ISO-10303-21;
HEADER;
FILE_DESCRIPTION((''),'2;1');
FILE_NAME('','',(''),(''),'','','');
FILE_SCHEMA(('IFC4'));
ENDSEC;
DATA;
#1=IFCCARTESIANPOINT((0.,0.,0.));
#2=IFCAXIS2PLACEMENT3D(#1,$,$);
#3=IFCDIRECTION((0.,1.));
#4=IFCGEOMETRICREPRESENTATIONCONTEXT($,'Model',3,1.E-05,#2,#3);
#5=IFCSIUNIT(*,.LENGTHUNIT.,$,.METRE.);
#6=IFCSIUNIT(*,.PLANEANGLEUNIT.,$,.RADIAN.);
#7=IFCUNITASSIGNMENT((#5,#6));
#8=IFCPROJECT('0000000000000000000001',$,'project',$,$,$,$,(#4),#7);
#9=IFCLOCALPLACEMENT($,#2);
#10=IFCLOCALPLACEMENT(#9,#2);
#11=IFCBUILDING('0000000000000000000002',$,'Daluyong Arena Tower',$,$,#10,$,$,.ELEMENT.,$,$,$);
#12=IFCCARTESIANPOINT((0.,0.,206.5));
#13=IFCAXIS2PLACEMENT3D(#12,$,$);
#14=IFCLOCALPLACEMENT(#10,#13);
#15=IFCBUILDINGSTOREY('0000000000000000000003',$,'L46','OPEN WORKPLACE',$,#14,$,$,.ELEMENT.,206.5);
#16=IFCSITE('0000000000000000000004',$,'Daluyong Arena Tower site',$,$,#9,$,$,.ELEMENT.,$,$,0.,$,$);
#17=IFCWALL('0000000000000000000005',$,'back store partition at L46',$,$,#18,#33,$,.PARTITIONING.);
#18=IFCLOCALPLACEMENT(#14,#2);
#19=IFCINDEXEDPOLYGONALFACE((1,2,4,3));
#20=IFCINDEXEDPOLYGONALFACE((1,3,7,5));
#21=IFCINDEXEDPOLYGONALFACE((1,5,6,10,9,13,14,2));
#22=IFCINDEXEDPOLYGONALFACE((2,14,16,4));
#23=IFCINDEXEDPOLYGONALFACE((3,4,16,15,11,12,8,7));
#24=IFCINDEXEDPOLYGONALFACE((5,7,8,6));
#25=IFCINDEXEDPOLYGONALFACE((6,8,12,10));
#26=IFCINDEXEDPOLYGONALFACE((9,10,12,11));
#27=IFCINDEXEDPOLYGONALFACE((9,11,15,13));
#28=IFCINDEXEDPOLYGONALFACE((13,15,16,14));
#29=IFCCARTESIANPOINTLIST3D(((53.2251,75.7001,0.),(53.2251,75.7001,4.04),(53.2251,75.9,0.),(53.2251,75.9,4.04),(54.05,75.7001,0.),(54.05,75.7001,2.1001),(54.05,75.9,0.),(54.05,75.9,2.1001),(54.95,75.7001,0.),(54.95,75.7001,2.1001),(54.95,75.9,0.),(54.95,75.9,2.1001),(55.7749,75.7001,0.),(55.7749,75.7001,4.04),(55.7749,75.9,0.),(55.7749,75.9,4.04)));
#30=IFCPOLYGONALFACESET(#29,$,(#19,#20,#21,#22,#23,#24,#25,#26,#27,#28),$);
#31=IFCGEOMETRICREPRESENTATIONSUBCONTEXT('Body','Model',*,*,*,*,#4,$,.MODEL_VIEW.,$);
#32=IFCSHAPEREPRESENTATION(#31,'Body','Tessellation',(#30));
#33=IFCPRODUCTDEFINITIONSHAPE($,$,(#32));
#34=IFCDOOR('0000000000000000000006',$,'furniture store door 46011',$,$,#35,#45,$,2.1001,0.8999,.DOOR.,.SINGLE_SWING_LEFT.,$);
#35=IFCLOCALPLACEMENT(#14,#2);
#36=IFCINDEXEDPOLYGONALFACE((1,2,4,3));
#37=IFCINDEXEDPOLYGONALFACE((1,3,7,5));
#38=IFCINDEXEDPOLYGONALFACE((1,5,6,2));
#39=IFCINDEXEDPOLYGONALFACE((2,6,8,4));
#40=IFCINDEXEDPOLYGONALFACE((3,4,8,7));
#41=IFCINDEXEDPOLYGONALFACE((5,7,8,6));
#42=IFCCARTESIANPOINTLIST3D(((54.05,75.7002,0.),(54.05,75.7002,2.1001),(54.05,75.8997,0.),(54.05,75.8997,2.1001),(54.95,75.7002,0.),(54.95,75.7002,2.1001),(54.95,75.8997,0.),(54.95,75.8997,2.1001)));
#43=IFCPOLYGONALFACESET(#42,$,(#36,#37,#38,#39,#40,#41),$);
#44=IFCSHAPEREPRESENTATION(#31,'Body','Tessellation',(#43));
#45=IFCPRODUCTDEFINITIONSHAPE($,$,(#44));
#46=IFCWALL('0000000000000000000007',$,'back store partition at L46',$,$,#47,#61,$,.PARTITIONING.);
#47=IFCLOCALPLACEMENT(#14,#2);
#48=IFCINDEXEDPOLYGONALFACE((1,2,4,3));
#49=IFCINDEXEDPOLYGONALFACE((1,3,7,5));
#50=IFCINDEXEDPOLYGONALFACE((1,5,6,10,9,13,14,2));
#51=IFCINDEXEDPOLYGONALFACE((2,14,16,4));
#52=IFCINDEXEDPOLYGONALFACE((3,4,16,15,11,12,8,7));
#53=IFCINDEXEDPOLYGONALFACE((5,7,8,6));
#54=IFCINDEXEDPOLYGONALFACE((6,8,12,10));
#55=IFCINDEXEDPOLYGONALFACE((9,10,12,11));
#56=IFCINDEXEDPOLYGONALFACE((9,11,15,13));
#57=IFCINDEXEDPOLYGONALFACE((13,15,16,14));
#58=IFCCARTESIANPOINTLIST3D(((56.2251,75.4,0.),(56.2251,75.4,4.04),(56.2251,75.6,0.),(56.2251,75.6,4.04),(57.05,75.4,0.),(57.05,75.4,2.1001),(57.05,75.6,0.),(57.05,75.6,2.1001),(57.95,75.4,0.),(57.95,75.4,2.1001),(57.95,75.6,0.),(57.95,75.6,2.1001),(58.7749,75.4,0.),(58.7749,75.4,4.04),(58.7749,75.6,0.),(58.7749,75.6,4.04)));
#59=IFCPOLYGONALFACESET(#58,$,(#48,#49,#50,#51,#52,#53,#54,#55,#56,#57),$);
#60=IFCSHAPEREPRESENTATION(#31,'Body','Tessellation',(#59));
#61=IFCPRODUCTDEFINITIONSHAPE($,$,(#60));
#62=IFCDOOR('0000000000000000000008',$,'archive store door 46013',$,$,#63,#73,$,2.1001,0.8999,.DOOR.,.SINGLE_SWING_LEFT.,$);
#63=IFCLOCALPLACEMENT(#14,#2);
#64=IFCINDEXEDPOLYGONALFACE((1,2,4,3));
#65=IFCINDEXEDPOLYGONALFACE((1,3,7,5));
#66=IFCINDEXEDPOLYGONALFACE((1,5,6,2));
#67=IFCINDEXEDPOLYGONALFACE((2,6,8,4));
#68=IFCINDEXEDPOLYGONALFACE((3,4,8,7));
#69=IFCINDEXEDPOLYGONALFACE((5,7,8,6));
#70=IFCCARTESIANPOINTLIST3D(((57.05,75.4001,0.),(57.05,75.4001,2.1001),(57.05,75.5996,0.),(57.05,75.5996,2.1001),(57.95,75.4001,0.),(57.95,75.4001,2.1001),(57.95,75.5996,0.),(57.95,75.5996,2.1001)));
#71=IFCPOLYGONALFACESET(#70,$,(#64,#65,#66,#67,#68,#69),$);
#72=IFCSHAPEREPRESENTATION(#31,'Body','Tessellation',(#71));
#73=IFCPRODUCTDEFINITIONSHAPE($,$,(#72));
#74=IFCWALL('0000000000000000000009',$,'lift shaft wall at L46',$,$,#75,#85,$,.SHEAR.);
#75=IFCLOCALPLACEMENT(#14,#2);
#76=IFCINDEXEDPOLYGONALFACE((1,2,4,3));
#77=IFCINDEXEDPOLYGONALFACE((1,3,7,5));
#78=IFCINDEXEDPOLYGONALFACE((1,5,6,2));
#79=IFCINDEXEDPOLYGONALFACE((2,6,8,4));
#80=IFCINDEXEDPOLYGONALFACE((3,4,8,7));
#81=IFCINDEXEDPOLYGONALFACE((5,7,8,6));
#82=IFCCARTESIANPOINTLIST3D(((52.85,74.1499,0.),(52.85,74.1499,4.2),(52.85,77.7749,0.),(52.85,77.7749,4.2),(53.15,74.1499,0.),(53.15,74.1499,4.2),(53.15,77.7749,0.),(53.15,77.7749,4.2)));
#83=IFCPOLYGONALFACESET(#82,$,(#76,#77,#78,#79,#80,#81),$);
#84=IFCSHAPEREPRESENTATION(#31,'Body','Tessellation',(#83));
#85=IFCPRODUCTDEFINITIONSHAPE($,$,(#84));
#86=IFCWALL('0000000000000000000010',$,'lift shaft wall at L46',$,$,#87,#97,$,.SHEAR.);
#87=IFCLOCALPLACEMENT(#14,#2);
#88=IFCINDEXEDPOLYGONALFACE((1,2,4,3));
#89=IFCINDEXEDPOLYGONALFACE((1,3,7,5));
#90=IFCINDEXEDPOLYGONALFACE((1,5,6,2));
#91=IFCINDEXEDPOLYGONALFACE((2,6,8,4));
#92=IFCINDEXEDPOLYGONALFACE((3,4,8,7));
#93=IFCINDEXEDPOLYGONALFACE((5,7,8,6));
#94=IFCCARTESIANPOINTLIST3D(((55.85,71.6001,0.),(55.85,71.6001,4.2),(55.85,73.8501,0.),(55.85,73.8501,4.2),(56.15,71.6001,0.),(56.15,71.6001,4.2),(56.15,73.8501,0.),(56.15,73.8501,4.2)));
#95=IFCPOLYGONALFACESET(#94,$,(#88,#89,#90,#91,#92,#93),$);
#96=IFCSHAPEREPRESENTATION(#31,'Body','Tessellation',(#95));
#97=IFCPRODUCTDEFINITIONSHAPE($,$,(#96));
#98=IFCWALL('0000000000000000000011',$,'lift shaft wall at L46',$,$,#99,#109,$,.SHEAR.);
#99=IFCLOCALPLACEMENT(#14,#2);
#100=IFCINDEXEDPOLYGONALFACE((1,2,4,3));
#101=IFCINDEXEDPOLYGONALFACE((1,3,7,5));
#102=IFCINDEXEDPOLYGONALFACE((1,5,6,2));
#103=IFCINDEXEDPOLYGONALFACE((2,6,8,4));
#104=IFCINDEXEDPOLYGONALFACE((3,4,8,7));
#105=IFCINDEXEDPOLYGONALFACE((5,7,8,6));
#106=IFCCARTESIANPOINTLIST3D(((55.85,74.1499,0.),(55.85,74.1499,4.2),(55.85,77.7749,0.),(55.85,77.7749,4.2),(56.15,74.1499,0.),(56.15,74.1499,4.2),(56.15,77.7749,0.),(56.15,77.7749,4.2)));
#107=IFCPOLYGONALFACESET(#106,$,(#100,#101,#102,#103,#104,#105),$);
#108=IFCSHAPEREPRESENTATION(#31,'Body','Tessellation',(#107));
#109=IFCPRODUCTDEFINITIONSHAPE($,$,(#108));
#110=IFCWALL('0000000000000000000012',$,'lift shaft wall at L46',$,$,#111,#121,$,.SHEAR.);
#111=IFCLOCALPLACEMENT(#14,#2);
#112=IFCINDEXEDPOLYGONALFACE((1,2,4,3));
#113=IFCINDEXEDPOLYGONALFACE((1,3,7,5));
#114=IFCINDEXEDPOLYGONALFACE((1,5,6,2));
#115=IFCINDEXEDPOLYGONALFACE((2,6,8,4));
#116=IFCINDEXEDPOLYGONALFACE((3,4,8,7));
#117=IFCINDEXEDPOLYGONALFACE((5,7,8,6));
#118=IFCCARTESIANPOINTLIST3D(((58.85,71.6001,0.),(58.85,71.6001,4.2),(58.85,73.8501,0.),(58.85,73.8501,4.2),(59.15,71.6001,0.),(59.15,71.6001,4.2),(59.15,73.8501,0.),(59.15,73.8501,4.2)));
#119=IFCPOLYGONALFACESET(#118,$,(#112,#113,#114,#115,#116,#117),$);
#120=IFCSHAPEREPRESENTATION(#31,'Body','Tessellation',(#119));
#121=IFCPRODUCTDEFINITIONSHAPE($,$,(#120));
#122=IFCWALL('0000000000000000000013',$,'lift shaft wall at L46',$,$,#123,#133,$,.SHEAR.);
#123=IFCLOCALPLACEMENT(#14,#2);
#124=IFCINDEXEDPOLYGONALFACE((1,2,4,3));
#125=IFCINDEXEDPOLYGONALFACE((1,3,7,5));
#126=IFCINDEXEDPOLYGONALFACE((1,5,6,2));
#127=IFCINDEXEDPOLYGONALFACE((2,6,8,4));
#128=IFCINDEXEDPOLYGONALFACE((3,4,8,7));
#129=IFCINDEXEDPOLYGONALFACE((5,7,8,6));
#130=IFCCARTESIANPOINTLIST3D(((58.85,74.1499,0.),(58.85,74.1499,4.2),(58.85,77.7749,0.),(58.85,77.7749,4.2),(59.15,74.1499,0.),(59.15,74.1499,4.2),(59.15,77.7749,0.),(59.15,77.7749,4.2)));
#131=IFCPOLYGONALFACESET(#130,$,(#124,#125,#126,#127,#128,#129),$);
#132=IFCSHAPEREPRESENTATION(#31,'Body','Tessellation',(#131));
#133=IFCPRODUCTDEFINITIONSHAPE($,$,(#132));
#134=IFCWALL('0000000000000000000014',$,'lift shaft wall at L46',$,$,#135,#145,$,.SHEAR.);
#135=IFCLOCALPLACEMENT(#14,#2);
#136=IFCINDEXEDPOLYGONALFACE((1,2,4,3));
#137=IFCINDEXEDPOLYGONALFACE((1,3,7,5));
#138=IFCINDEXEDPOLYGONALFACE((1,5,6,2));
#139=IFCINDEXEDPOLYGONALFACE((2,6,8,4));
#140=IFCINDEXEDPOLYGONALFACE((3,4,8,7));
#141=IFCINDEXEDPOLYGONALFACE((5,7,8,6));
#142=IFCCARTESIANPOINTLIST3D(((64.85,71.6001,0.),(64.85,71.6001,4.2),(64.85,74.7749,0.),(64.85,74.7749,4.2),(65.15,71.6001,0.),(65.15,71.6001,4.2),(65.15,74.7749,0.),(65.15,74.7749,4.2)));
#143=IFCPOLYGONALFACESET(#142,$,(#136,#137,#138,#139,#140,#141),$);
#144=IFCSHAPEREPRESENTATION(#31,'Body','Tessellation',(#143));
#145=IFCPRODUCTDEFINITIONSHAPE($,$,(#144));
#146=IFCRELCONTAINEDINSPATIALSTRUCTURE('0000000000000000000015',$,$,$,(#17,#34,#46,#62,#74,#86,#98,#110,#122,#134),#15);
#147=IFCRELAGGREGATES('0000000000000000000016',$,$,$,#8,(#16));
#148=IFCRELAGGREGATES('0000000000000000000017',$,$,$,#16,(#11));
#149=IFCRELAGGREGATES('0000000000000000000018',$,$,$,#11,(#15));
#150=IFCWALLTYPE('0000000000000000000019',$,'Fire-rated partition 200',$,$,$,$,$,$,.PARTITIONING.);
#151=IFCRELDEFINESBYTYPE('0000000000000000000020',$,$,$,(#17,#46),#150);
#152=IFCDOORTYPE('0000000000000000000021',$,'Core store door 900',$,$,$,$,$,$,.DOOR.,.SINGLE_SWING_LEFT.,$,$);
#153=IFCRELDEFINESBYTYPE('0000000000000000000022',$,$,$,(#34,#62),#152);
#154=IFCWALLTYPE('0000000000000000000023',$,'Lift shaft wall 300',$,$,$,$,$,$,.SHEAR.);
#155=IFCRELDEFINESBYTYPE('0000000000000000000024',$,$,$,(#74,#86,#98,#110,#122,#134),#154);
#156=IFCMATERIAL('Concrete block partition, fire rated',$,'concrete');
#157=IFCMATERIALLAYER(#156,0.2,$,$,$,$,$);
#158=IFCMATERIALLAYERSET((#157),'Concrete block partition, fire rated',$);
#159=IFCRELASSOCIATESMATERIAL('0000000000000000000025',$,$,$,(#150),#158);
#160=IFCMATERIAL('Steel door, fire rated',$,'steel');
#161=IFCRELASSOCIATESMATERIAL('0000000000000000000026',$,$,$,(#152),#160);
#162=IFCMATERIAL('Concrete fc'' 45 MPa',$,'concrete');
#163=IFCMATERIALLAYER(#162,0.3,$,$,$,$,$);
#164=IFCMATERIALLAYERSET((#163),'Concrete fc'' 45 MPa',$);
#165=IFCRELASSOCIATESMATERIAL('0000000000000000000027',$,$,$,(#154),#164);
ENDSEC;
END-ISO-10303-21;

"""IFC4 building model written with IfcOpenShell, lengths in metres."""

from ifc_helpers import new_model, si_unit, direction, frame, frame_2d, origin, place, context, subcontext, project, spatial, rectangle, extrude, material, layer, layer_set, type_object, element, fill, save


model = new_model("IFC4")

# Units and contexts
model_context = context("Model", 3, precision=1e-05, world=origin(), true_north=direction((0.0, 1.0)))
body_context = subcontext(model_context, "Body", "Model", "MODEL_VIEW")
ifc_project = project(units=[si_unit("LENGTHUNIT", "METRE"), si_unit("PLANEANGLEUNIT", "RADIAN")], contexts=[model_context])

# Site, building, storey
site_placement = place(None, origin())
site = spatial("IfcSite", under=ifc_project, at=site_placement, Name="Daluyong Arena Tower site", CompositionType="ELEMENT", RefElevation=0.0)
building_placement = place(site_placement, origin())
building = spatial("IfcBuilding", under=site, at=building_placement, Name="Daluyong Arena Tower", CompositionType="ELEMENT")
storey_placement = place(building_placement, frame((0.0, 0.0, 206.5)))
storey = spatial("IfcBuildingStorey", under=building, at=storey_placement, Name="L46", Description="OPEN WORKPLACE", CompositionType="ELEMENT", Elevation=206.5)

# Walls, openings, doors
ifc_material_1 = material(Name="Concrete block partition, fire rated", Category="concrete")
ifc_layer_1 = layer(ifc_material_1, 0.2)
ifc_layer_set_1 = layer_set([ifc_layer_1], Name="Concrete block partition, fire rated")
wall_type_1 = type_object("IfcWallType", Name="Fire-rated partition 200", PredefinedType="PARTITIONING", material=ifc_layer_set_1)
wall_1_placement = place(storey_placement, frame((53.2251, 75.8, 0.0), z_axis=(0.0, 0.0, 1.0), x_axis=(1.0, 0.0, 0.0)))
wall_1 = element("IfcWall", 1, at=wall_1_placement, inside=storey, type_object=wall_type_1, Name="back store partition at L46", PredefinedType="PARTITIONING", context=body_context, shape_type="SweptSolid", body=[
    extrude(rectangle(XDim=2.5498, YDim=0.2, at=frame_2d((1.2749, 0.0))), origin(), (0.0, 0.0, 1.0), 4.04),
])
opening_1_placement = place(wall_1_placement, frame((0.825, 0.0, 0.0)))
opening_1 = element("IfcOpeningElement", 2, at=opening_1_placement, cuts=wall_1, PredefinedType="OPENING", context=body_context, shape_type="SweptSolid", body=[
    extrude(rectangle(XDim=0.8999, YDim=2.1001, at=frame_2d((0.45, 1.05))), frame((0.0, 0.1099, 0.0), z_axis=(0.0, -1.0, 0.0), x_axis=(1.0, 0.0, 0.0)), (0.0, 0.0, 1.0), 0.22),
])
ifc_material_2 = material(Name="Steel door, fire rated", Category="steel")
door_type_1 = type_object("IfcDoorType", Name="Core store door 900", OperationType="SINGLE_SWING_LEFT", PredefinedType="DOOR", material=ifc_material_2)
door_1_placement = place(opening_1_placement, origin())
door_1 = element("IfcDoor", 3, at=door_1_placement, inside=storey, type_object=door_type_1, Name="furniture store door 46011", OperationType="SINGLE_SWING_LEFT", OverallHeight=2.1001, OverallWidth=0.8999, PredefinedType="DOOR", context=body_context, shape_type="SweptSolid", body=[
    extrude(rectangle(XDim=0.8999, YDim=2.1001, at=frame_2d((0.45, 1.05))), frame((0.0, 0.0996, 0.0), z_axis=(0.0, -1.0, 0.0), x_axis=(1.0, 0.0, 0.0)), (0.0, 0.0, 1.0), 0.1995),
])
fill(opening_1, door_1)
wall_2_placement = place(storey_placement, frame((56.2251, 75.5, 0.0), z_axis=(0.0, 0.0, 1.0), x_axis=(1.0, 0.0, 0.0)))
wall_2 = element("IfcWall", 4, at=wall_2_placement, inside=storey, type_object=wall_type_1, Name="back store partition at L46", PredefinedType="PARTITIONING", context=body_context, shape_type="SweptSolid", body=[
    extrude(rectangle(XDim=2.5498, YDim=0.2, at=frame_2d((1.2749, 0.0))), origin(), (0.0, 0.0, 1.0), 4.04),
])
opening_2_placement = place(wall_2_placement, frame((0.825, 0.0, 0.0)))
opening_2 = element("IfcOpeningElement", 5, at=opening_2_placement, cuts=wall_2, PredefinedType="OPENING", context=body_context, shape_type="SweptSolid", body=[
    extrude(rectangle(XDim=0.8999, YDim=2.1001, at=frame_2d((0.45, 1.05))), frame((0.0, 0.1099, 0.0), z_axis=(0.0, -1.0, 0.0), x_axis=(1.0, 0.0, 0.0)), (0.0, 0.0, 1.0), 0.22),
])
door_2_placement = place(opening_2_placement, origin())
door_2 = element("IfcDoor", 6, at=door_2_placement, inside=storey, type_object=door_type_1, Name="archive store door 46013", OperationType="SINGLE_SWING_LEFT", OverallHeight=2.1001, OverallWidth=0.8999, PredefinedType="DOOR", context=body_context, shape_type="SweptSolid", body=[
    extrude(rectangle(XDim=0.8999, YDim=2.1001, at=frame_2d((0.45, 1.05))), frame((0.0, 0.0996, 0.0), z_axis=(0.0, -1.0, 0.0), x_axis=(1.0, 0.0, 0.0)), (0.0, 0.0, 1.0), 0.1995),
])
fill(opening_2, door_2)

# Walls
ifc_material_3 = material(Name="Concrete fc' 45 MPa", Category="concrete")
ifc_layer_2 = layer(ifc_material_3, 0.3)
ifc_layer_set_2 = layer_set([ifc_layer_2], Name="Concrete fc' 45 MPa")
wall_type_2 = type_object("IfcWallType", Name="Lift shaft wall 300", PredefinedType="SHEAR", material=ifc_layer_set_2)
wall_3_placement = place(storey_placement, frame((53.0, 74.1499, 0.0), z_axis=(0.0, 0.0, 1.0), x_axis=(0.0, 1.0, 0.0)))
element("IfcWall", 7, at=wall_3_placement, inside=storey, type_object=wall_type_2, Name="lift shaft wall at L46", PredefinedType="SHEAR", context=body_context, shape_type="SweptSolid", body=[
    extrude(rectangle(XDim=3.625, YDim=0.3, at=frame_2d((1.8125, 0.0))), origin(), (0.0, 0.0, 1.0), 4.2),
])
wall_4_placement = place(storey_placement, frame((56.0, 71.6001, 0.0), z_axis=(0.0, 0.0, 1.0), x_axis=(0.0, 1.0, 0.0)))
element("IfcWall", 8, at=wall_4_placement, inside=storey, type_object=wall_type_2, Name="lift shaft wall at L46", PredefinedType="SHEAR", context=body_context, shape_type="SweptSolid", body=[
    extrude(rectangle(XDim=2.25, YDim=0.3, at=frame_2d((1.125, 0.0))), origin(), (0.0, 0.0, 1.0), 4.2),
])
wall_5_placement = place(storey_placement, frame((56.0, 74.1499, 0.0), z_axis=(0.0, 0.0, 1.0), x_axis=(0.0, 1.0, 0.0)))
element("IfcWall", 9, at=wall_5_placement, inside=storey, type_object=wall_type_2, Name="lift shaft wall at L46", PredefinedType="SHEAR", context=body_context, shape_type="SweptSolid", body=[
    extrude(rectangle(XDim=3.625, YDim=0.3, at=frame_2d((1.8125, 0.0))), origin(), (0.0, 0.0, 1.0), 4.2),
])
wall_6_placement = place(storey_placement, frame((59.0, 71.6001, 0.0), z_axis=(0.0, 0.0, 1.0), x_axis=(0.0, 1.0, 0.0)))
element("IfcWall", 10, at=wall_6_placement, inside=storey, type_object=wall_type_2, Name="lift shaft wall at L46", PredefinedType="SHEAR", context=body_context, shape_type="SweptSolid", body=[
    extrude(rectangle(XDim=2.25, YDim=0.3, at=frame_2d((1.125, 0.0))), origin(), (0.0, 0.0, 1.0), 4.2),
])
wall_7_placement = place(storey_placement, frame((59.0, 74.1499, 0.0), z_axis=(0.0, 0.0, 1.0), x_axis=(0.0, 1.0, 0.0)))
element("IfcWall", 11, at=wall_7_placement, inside=storey, type_object=wall_type_2, Name="lift shaft wall at L46", PredefinedType="SHEAR", context=body_context, shape_type="SweptSolid", body=[
    extrude(rectangle(XDim=3.625, YDim=0.3, at=frame_2d((1.8125, 0.0))), origin(), (0.0, 0.0, 1.0), 4.2),
])
wall_8_placement = place(storey_placement, frame((65.0, 71.6001, 0.0), z_axis=(0.0, 0.0, 1.0), x_axis=(0.0, 1.0, 0.0)))
element("IfcWall", 12, at=wall_8_placement, inside=storey, type_object=wall_type_2, Name="lift shaft wall at L46", PredefinedType="SHEAR", context=body_context, shape_type="SweptSolid", body=[
    extrude(rectangle(XDim=3.1748, YDim=0.3, at=frame_2d((1.5874, 0.0))), origin(), (0.0, 0.0, 1.0), 4.2),
])

save(model, "model.ifc")
